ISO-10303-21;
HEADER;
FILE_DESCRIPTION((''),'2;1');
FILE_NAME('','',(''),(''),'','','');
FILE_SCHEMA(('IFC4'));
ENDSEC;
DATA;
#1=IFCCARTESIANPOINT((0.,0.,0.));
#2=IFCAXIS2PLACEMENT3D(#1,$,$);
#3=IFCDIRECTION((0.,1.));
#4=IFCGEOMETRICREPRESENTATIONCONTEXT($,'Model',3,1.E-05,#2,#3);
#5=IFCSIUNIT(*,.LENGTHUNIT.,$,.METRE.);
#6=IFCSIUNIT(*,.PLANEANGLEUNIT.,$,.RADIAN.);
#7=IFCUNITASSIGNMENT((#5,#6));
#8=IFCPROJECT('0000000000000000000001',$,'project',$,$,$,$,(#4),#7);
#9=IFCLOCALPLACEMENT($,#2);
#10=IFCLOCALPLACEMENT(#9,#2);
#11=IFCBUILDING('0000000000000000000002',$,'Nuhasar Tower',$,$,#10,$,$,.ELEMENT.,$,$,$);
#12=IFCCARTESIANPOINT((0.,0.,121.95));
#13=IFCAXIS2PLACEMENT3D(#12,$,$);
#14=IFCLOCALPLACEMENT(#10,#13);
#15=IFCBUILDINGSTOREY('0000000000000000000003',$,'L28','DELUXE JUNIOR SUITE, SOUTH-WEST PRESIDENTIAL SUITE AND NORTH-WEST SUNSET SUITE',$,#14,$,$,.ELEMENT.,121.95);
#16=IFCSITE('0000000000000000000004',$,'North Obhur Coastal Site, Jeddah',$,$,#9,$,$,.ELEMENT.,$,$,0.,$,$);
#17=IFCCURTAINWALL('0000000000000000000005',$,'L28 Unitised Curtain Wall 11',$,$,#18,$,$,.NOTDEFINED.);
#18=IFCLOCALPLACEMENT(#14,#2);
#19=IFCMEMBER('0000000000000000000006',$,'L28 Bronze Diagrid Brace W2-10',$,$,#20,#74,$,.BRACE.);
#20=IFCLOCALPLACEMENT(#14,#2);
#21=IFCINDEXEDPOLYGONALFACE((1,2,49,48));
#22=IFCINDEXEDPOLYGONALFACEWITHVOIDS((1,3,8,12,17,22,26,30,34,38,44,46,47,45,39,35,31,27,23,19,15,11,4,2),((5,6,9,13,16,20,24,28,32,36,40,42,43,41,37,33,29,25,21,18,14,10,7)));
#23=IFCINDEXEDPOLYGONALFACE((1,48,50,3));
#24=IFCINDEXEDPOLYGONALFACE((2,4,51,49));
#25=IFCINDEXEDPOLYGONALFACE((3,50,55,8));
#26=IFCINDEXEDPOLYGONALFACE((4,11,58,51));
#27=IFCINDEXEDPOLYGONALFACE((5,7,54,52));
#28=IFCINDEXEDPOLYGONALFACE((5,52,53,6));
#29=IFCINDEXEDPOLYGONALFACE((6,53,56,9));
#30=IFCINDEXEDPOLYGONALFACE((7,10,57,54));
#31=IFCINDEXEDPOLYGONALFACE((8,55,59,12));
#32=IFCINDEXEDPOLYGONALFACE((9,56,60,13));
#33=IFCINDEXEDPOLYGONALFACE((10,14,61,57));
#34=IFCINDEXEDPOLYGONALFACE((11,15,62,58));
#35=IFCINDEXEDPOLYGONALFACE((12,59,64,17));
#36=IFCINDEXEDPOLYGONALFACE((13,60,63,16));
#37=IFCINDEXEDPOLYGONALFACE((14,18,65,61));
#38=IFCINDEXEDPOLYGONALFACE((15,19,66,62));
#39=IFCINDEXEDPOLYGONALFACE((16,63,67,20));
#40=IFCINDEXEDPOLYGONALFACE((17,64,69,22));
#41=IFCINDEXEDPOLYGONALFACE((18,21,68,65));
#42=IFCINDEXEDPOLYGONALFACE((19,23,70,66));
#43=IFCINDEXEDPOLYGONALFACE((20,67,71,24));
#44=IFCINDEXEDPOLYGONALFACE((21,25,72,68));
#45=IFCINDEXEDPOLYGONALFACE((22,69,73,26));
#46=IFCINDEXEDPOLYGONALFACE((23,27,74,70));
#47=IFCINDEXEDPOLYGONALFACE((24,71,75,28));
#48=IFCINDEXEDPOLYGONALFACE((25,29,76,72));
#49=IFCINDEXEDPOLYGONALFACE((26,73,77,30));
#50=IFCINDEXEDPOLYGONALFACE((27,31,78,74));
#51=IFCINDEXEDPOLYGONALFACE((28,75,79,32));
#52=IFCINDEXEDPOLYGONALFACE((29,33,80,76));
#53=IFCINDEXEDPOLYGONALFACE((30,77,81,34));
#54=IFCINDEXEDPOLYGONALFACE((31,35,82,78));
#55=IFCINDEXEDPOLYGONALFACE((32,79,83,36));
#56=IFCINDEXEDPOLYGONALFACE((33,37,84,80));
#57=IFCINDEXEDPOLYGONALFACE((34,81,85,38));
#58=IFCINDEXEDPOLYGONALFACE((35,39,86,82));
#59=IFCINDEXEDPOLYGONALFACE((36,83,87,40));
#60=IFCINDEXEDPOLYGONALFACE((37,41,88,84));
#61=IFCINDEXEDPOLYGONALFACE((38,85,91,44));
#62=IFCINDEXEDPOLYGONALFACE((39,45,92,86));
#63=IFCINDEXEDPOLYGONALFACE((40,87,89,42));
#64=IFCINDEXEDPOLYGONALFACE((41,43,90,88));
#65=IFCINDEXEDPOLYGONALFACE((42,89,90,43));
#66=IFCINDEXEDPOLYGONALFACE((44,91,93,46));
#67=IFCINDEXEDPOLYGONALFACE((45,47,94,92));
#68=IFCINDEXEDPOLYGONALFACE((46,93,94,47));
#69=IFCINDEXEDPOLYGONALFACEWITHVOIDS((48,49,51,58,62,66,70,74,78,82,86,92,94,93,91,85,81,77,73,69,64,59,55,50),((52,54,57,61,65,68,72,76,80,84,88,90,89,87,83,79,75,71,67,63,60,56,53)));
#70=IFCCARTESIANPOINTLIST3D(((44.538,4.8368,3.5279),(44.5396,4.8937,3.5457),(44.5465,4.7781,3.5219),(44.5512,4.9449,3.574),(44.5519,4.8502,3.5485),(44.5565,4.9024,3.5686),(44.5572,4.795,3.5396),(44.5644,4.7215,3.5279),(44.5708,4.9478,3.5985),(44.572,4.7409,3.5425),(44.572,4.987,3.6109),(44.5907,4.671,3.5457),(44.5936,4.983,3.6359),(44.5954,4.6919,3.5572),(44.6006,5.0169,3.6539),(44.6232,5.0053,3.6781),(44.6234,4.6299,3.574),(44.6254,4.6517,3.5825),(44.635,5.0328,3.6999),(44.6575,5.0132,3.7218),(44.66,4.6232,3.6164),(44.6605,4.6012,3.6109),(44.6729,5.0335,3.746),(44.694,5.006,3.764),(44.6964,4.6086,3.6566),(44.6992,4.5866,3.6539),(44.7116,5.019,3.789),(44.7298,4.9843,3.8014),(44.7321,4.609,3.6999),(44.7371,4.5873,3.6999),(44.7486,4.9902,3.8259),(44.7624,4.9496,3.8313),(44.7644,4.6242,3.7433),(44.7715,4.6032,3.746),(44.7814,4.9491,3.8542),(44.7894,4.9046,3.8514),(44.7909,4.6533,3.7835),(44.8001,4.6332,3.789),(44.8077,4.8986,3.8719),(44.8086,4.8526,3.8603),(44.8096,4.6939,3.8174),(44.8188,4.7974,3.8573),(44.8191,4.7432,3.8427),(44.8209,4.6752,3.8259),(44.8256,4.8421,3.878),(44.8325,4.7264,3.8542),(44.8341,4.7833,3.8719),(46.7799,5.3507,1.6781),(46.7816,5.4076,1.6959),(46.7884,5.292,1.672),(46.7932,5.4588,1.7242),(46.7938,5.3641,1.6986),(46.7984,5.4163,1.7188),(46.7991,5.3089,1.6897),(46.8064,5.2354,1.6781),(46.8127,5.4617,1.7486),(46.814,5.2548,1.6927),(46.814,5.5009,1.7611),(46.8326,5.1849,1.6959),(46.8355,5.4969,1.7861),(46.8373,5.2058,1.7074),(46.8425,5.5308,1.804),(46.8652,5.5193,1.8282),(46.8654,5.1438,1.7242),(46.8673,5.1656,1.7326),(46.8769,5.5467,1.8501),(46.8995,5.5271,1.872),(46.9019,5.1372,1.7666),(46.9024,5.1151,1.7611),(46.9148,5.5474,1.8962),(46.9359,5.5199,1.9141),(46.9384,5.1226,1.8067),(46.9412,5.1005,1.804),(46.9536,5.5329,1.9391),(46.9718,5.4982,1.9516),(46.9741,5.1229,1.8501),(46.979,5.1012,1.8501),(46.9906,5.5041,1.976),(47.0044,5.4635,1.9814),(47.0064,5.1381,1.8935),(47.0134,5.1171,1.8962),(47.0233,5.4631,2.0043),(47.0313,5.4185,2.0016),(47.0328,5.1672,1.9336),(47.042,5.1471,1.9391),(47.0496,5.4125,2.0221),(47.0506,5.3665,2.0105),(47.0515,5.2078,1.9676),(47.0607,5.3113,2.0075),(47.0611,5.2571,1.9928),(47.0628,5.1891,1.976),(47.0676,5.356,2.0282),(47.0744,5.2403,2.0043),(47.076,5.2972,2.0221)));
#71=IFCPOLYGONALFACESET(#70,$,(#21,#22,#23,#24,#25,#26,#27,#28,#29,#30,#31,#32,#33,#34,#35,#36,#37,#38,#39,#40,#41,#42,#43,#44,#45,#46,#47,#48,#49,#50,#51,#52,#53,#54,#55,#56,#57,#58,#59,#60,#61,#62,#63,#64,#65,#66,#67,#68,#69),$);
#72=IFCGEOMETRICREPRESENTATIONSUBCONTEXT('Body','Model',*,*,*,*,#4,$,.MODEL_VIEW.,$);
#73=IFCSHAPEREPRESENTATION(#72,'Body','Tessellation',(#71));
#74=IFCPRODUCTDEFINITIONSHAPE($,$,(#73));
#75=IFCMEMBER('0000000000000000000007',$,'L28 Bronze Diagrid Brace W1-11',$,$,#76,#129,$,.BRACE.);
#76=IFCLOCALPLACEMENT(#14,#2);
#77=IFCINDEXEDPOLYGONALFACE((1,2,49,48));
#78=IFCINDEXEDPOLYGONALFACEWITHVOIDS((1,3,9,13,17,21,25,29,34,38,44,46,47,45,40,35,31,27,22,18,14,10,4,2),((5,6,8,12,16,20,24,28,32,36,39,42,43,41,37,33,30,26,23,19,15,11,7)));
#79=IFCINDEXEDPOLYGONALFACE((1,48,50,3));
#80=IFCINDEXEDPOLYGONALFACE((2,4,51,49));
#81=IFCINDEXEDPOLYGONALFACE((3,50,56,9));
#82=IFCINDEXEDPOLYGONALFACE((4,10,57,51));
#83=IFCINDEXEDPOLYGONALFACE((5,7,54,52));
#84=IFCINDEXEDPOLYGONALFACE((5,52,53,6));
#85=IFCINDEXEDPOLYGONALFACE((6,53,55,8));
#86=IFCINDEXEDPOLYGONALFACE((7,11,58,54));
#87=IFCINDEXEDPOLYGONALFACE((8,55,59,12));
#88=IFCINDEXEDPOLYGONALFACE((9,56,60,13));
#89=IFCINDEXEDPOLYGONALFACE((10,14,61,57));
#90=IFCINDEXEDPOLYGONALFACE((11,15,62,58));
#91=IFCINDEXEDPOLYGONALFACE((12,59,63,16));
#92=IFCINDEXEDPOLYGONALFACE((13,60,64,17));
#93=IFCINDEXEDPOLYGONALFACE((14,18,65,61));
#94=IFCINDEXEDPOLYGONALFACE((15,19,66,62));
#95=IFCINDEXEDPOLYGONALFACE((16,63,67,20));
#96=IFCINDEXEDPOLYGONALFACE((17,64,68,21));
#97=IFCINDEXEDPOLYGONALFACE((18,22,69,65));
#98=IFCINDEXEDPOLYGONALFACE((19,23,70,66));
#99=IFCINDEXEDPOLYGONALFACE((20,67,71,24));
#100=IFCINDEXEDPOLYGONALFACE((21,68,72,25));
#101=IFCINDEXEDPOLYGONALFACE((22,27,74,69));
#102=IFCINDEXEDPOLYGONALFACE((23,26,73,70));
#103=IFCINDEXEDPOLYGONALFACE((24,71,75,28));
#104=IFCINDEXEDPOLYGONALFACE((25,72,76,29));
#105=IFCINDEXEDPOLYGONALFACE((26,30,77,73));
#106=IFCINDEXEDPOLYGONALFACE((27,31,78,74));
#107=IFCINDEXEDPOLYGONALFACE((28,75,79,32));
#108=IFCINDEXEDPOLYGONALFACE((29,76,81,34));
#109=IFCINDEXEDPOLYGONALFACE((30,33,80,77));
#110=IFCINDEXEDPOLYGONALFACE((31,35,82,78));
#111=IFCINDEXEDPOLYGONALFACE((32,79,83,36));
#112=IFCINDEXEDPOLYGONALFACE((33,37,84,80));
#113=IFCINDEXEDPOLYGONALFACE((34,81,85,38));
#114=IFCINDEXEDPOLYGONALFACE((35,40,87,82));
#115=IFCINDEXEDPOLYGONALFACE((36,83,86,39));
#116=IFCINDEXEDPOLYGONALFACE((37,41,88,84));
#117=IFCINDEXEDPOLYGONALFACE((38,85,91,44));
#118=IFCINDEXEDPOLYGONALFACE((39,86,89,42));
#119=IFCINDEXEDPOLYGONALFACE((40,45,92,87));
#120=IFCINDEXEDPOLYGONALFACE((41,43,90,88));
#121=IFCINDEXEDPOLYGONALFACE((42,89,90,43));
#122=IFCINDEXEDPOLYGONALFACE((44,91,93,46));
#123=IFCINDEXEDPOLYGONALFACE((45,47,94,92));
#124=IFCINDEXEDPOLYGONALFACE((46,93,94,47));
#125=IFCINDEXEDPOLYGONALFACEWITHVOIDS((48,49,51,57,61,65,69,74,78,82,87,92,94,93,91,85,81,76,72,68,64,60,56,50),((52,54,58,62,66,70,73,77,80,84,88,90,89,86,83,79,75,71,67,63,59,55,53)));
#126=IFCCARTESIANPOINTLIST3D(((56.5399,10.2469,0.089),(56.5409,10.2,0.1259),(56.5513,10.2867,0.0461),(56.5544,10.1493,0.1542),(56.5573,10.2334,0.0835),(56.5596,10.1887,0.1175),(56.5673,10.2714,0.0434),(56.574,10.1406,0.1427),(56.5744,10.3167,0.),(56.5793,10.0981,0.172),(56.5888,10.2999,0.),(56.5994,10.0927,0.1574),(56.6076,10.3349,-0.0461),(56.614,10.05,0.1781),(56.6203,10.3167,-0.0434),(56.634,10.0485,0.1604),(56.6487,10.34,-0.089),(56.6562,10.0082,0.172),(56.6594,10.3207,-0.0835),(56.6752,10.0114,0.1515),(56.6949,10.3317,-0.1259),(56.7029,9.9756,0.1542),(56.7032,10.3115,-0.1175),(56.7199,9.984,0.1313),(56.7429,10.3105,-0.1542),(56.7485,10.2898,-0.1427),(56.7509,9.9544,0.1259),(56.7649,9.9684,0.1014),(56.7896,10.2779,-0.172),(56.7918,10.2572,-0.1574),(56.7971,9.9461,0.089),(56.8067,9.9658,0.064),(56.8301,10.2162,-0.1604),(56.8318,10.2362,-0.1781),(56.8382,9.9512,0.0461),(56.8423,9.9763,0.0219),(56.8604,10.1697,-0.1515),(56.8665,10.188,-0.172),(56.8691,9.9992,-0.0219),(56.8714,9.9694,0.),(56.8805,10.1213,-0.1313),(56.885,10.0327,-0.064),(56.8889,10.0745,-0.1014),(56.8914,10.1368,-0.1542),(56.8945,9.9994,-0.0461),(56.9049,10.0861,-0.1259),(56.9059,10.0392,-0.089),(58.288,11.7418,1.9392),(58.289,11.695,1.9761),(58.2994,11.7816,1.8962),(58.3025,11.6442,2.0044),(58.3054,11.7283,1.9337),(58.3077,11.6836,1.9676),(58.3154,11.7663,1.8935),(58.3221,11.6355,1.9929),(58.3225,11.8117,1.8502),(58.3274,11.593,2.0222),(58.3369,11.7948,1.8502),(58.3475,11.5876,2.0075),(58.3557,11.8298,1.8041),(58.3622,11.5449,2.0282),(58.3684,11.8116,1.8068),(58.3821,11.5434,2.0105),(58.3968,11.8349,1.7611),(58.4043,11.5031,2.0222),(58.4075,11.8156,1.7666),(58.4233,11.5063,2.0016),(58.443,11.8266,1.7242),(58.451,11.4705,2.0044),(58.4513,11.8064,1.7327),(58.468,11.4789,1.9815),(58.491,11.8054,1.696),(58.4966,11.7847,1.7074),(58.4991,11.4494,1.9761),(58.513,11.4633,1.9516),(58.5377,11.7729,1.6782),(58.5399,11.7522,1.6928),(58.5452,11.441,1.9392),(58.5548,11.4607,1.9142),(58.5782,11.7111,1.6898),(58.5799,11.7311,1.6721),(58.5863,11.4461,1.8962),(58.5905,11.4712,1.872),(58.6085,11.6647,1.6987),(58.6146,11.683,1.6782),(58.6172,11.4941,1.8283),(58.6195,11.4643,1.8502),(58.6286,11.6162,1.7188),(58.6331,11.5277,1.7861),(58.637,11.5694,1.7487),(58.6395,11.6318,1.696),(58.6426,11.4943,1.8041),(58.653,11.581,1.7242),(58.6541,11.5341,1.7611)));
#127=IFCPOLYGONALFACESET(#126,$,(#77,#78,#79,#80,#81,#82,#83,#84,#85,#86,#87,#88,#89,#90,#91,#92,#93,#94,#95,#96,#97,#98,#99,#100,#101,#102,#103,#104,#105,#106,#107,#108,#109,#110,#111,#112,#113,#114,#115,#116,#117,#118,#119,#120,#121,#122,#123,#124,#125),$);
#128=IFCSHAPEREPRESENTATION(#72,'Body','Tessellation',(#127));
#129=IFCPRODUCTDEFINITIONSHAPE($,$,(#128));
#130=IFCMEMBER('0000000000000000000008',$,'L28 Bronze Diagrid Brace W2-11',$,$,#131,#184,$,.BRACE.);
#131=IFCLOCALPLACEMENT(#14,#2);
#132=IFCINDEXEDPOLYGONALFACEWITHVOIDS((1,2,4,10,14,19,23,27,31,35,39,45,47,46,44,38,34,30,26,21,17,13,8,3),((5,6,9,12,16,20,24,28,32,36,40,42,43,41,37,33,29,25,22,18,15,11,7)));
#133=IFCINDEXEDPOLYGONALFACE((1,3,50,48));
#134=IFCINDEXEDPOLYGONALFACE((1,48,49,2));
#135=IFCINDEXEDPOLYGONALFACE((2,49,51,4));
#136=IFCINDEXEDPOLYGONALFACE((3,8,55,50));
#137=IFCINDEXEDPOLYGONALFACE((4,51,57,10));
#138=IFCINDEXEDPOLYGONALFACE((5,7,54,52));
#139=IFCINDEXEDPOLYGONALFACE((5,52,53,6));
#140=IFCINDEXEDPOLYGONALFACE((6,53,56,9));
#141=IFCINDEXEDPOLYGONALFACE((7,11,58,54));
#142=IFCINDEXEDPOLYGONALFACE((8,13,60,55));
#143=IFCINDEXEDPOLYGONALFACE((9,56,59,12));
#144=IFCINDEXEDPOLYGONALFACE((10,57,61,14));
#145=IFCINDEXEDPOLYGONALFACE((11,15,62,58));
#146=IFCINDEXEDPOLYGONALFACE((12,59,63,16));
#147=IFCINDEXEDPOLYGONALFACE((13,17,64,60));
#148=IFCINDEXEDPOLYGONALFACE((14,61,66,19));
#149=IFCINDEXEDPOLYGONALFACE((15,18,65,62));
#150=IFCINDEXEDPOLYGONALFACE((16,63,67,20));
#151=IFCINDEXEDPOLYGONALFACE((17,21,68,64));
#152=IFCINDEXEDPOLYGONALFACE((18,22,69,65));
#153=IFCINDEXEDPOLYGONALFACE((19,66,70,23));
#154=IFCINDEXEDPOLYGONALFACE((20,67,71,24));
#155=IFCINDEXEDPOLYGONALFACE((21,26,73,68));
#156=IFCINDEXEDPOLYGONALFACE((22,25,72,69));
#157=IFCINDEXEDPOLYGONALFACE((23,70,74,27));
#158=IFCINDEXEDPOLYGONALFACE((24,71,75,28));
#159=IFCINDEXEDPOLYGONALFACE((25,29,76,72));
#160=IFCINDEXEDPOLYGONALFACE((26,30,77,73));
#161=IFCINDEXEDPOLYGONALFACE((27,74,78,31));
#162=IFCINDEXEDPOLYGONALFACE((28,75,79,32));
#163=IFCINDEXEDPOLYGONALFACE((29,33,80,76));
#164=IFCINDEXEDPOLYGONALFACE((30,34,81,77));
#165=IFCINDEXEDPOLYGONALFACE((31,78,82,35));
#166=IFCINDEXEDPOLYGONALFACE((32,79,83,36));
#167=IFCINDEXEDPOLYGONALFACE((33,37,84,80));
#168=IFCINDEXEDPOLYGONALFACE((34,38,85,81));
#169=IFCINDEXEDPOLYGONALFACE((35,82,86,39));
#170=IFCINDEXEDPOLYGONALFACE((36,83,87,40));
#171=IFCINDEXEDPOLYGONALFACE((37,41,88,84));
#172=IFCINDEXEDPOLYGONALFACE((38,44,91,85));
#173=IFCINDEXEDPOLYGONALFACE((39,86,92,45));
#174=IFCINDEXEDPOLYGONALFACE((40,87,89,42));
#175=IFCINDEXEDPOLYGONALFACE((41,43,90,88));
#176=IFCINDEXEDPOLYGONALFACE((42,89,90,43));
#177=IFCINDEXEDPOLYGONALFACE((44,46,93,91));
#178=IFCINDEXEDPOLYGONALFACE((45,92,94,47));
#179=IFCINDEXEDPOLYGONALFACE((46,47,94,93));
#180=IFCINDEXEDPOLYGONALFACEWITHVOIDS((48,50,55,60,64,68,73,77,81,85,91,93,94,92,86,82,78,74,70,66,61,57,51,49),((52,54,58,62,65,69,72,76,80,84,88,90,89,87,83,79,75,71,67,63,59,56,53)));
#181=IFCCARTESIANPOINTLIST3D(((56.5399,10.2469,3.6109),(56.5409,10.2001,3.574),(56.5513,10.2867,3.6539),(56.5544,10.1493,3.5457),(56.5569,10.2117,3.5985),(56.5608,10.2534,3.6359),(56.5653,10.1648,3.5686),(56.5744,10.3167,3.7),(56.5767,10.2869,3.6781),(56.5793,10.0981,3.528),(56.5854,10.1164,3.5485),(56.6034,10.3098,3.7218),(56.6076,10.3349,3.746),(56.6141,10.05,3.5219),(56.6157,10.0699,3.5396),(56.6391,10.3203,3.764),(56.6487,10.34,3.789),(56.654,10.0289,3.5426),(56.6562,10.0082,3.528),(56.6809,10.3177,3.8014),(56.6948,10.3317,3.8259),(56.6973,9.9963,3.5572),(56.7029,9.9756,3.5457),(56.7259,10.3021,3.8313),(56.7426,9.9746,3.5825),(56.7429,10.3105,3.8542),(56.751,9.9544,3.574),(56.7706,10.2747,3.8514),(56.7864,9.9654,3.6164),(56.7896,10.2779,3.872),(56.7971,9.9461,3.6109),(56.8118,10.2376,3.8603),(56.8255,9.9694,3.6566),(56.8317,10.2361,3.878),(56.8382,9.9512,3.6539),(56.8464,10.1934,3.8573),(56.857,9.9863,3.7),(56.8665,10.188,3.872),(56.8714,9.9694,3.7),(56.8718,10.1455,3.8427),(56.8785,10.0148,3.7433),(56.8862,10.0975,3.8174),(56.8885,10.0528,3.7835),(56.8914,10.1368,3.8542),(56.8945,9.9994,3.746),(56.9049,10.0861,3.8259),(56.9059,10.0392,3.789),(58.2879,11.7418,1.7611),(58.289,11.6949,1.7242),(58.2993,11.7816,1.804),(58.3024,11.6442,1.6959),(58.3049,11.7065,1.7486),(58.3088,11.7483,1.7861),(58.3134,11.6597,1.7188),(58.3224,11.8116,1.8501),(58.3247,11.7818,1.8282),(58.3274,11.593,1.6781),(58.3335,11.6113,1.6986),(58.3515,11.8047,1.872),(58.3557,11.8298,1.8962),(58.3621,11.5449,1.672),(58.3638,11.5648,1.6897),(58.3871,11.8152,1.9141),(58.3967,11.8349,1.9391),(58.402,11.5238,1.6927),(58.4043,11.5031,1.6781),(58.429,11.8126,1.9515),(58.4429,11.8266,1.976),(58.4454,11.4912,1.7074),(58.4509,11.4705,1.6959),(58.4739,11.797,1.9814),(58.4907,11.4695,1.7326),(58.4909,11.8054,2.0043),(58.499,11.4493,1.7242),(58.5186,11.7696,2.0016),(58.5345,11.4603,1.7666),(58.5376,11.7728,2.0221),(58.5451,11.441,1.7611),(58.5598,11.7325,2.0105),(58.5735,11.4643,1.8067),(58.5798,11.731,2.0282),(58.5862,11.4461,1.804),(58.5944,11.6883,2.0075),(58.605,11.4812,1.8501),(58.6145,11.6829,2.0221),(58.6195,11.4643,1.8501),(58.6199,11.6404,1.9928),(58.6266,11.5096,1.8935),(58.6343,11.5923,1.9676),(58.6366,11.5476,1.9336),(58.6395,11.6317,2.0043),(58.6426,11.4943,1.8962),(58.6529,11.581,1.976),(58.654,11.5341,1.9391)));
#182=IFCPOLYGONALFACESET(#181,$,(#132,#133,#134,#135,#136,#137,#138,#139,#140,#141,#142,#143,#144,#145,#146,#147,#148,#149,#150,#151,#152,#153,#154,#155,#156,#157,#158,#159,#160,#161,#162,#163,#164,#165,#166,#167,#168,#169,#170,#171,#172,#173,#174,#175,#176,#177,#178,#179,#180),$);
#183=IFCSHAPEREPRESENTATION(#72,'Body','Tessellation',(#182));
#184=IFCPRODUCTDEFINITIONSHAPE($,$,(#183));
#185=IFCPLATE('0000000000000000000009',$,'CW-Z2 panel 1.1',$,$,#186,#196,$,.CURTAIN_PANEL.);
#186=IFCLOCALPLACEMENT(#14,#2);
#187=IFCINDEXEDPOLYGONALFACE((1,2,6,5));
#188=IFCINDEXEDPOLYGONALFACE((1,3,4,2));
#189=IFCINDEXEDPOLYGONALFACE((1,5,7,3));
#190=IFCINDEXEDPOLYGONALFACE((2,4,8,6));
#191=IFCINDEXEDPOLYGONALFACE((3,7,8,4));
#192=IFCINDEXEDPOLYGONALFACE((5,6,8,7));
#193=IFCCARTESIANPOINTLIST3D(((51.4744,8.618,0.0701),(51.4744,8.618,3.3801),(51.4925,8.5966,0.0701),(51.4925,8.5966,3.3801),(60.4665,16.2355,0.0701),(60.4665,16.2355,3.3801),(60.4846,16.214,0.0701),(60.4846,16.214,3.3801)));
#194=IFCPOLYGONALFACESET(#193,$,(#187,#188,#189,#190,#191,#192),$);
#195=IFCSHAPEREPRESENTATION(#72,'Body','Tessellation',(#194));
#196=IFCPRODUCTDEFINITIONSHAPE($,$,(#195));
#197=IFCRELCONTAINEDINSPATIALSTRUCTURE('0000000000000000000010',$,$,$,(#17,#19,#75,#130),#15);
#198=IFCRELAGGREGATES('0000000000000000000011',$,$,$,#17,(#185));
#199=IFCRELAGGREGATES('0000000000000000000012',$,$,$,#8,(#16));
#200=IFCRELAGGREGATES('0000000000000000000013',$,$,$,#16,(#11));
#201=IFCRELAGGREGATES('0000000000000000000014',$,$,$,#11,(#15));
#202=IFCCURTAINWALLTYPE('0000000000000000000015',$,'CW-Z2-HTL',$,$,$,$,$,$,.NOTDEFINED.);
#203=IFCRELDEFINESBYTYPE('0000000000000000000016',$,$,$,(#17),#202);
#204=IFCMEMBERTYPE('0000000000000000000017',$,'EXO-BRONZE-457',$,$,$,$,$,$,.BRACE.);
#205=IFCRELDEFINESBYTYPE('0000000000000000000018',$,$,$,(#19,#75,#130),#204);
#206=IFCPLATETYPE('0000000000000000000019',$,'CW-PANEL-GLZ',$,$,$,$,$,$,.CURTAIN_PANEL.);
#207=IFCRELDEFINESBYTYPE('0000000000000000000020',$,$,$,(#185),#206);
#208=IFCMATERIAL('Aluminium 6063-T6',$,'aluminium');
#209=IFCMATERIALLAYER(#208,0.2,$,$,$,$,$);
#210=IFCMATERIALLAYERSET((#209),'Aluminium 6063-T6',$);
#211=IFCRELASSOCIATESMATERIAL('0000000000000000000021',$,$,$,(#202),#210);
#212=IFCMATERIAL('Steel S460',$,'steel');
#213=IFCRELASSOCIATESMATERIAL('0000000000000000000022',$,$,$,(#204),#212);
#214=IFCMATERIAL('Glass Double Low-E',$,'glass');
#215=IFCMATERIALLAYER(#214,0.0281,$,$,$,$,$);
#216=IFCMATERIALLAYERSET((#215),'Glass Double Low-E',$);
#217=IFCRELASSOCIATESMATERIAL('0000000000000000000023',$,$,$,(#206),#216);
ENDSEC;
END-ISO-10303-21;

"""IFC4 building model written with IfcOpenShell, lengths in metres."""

from ifc_helpers import new_model, si_unit, direction, frame, origin, origin_2d, place, context, subcontext, project, spatial, rectangle, hollow_circle, extrude, material, layer, layer_set, material_profile, profile_set, type_object, element, aggregate, save


model = new_model("IFC4")

# Units and contexts
model_context = context("Model", 3, precision=1e-05, world=origin(), true_north=direction((0.0, 1.0)))
body_context = subcontext(model_context, "Body", "Model", "MODEL_VIEW")
ifc_project = project(units=[si_unit("LENGTHUNIT", "METRE"), si_unit("PLANEANGLEUNIT", "RADIAN")], contexts=[model_context])

# Site, building, storey
site_placement = place(None, origin())
site = spatial("IfcSite", under=ifc_project, at=site_placement, Name="North Obhur Coastal Site, Jeddah", CompositionType="ELEMENT", RefElevation=0.0)
building_placement = place(site_placement, origin())
building = spatial("IfcBuilding", under=site, at=building_placement, Name="Nuhasar Tower", CompositionType="ELEMENT")
storey_placement = place(building_placement, frame((0.0, 0.0, 121.95)))
storey = spatial("IfcBuildingStorey", under=building, at=storey_placement, Name="L28", Description="DELUXE JUNIOR SUITE, SOUTH-WEST PRESIDENTIAL SUITE AND NORTH-WEST SUNSET SUITE", CompositionType="ELEMENT", Elevation=121.95)

# Shared definitions
ifc_material_1 = material(Name="Aluminium 6063-T6", Category="aluminium")
ifc_layer_1 = layer(ifc_material_1, 0.2)
ifc_layer_set_1 = layer_set([ifc_layer_1], Name="Aluminium 6063-T6")
curtain_wall_type = type_object("IfcCurtainWallType", Name="CW-Z2-HTL", PredefinedType="NOTDEFINED", material=ifc_layer_set_1)

# Curtain wall
curtain_wall_1_placement = place(storey_placement, origin())
curtain_wall_1 = element("IfcCurtainWall", 1, at=curtain_wall_1_placement, inside=storey, type_object=curtain_wall_type, Name="L28 Unitised Curtain Wall 11", PredefinedType="NOTDEFINED")

# Members
ifc_material_2 = material(Name="Steel S460", Category="steel")
ifc_material_profile_1 = material_profile(ifc_material_2, hollow_circle(Radius=0.2285, WallThickness=0.0222, at=origin_2d()), Name="HSS457X22.2")
ifc_profile_set_1 = profile_set([ifc_material_profile_1], Name="Steel S460")
member_type_1 = type_object("IfcMemberType", Name="EXO-BRONZE-457", PredefinedType="BRACE", material=ifc_profile_set_1)
member_1_placement = place(storey_placement, frame((46.928, 5.324, 1.8501), z_axis=(-0.75955, -0.17411, 0.626713), x_axis=(0.223433, -0.974719, 0.0)))
element("IfcMember", 2, at=member_1_placement, inside=storey, type_object=member_type_1, Name="L28 Bronze Diagrid Brace W2-10", PredefinedType="BRACE", context=body_context, shape_type="SweptSolid", body=[
    extrude(hollow_circle(Radius=0.2285, WallThickness=0.0222, at=origin_2d()), origin(), (0.0, 0.0, 1.0), 2.9517),
])
member_2_placement = place(storey_placement, frame((56.7229, 10.1431, 0.0), z_axis=(0.592195, 0.506426, 0.626767), x_axis=(-0.649926, 0.759998, 0.0)))
element("IfcMember", 3, at=member_2_placement, inside=storey, type_object=member_type_1, Name="L28 Bronze Diagrid Brace W1-11", PredefinedType="BRACE", context=body_context, shape_type="SweptSolid", body=[
    extrude(hollow_circle(Radius=0.2285, WallThickness=0.0222, at=origin_2d()), origin(), (0.0, 0.0, 1.0), 2.9519),
])
member_3_placement = place(storey_placement, frame((58.4709, 11.6379, 1.8501), z_axis=(-0.592226, -0.506452, 0.626717), x_axis=(0.649926, -0.759998, 0.0)))
element("IfcMember", 4, at=member_3_placement, inside=storey, type_object=member_type_1, Name="L28 Bronze Diagrid Brace W2-11", PredefinedType="BRACE", context=body_context, shape_type="SweptSolid", body=[
    extrude(hollow_circle(Radius=0.2285, WallThickness=0.0222, at=origin_2d()), origin(), (0.0, 0.0, 1.0), 2.9517),
])

# Plate
ifc_material_3 = material(Name="Glass Double Low-E", Category="glass")
ifc_layer_2 = layer(ifc_material_3, 0.0281)
ifc_layer_set_2 = layer_set([ifc_layer_2], Name="Glass Double Low-E")
plate_type = type_object("IfcPlateType", Name="CW-PANEL-GLZ", PredefinedType="CURTAIN_PANEL", material=ifc_layer_set_2)
plate_placement = place(storey_placement, frame((55.9795, 12.416, 0.0701), z_axis=(0.0, 0.0, 1.0), x_axis=(0.76302, 0.646374, 0.0)))
plate = element("IfcPlate", 5, at=plate_placement, type_object=plate_type, Name="CW-Z2 panel 1.1", PredefinedType="CURTAIN_PANEL", context=body_context, shape_type="SweptSolid", body=[
    extrude(rectangle(XDim=11.7849, YDim=0.0281, at=origin_2d()), origin(), (0.0, 0.0, 1.0), 3.3101),
])
aggregate(curtain_wall_1, [plate])

save(model, "model.ifc")
